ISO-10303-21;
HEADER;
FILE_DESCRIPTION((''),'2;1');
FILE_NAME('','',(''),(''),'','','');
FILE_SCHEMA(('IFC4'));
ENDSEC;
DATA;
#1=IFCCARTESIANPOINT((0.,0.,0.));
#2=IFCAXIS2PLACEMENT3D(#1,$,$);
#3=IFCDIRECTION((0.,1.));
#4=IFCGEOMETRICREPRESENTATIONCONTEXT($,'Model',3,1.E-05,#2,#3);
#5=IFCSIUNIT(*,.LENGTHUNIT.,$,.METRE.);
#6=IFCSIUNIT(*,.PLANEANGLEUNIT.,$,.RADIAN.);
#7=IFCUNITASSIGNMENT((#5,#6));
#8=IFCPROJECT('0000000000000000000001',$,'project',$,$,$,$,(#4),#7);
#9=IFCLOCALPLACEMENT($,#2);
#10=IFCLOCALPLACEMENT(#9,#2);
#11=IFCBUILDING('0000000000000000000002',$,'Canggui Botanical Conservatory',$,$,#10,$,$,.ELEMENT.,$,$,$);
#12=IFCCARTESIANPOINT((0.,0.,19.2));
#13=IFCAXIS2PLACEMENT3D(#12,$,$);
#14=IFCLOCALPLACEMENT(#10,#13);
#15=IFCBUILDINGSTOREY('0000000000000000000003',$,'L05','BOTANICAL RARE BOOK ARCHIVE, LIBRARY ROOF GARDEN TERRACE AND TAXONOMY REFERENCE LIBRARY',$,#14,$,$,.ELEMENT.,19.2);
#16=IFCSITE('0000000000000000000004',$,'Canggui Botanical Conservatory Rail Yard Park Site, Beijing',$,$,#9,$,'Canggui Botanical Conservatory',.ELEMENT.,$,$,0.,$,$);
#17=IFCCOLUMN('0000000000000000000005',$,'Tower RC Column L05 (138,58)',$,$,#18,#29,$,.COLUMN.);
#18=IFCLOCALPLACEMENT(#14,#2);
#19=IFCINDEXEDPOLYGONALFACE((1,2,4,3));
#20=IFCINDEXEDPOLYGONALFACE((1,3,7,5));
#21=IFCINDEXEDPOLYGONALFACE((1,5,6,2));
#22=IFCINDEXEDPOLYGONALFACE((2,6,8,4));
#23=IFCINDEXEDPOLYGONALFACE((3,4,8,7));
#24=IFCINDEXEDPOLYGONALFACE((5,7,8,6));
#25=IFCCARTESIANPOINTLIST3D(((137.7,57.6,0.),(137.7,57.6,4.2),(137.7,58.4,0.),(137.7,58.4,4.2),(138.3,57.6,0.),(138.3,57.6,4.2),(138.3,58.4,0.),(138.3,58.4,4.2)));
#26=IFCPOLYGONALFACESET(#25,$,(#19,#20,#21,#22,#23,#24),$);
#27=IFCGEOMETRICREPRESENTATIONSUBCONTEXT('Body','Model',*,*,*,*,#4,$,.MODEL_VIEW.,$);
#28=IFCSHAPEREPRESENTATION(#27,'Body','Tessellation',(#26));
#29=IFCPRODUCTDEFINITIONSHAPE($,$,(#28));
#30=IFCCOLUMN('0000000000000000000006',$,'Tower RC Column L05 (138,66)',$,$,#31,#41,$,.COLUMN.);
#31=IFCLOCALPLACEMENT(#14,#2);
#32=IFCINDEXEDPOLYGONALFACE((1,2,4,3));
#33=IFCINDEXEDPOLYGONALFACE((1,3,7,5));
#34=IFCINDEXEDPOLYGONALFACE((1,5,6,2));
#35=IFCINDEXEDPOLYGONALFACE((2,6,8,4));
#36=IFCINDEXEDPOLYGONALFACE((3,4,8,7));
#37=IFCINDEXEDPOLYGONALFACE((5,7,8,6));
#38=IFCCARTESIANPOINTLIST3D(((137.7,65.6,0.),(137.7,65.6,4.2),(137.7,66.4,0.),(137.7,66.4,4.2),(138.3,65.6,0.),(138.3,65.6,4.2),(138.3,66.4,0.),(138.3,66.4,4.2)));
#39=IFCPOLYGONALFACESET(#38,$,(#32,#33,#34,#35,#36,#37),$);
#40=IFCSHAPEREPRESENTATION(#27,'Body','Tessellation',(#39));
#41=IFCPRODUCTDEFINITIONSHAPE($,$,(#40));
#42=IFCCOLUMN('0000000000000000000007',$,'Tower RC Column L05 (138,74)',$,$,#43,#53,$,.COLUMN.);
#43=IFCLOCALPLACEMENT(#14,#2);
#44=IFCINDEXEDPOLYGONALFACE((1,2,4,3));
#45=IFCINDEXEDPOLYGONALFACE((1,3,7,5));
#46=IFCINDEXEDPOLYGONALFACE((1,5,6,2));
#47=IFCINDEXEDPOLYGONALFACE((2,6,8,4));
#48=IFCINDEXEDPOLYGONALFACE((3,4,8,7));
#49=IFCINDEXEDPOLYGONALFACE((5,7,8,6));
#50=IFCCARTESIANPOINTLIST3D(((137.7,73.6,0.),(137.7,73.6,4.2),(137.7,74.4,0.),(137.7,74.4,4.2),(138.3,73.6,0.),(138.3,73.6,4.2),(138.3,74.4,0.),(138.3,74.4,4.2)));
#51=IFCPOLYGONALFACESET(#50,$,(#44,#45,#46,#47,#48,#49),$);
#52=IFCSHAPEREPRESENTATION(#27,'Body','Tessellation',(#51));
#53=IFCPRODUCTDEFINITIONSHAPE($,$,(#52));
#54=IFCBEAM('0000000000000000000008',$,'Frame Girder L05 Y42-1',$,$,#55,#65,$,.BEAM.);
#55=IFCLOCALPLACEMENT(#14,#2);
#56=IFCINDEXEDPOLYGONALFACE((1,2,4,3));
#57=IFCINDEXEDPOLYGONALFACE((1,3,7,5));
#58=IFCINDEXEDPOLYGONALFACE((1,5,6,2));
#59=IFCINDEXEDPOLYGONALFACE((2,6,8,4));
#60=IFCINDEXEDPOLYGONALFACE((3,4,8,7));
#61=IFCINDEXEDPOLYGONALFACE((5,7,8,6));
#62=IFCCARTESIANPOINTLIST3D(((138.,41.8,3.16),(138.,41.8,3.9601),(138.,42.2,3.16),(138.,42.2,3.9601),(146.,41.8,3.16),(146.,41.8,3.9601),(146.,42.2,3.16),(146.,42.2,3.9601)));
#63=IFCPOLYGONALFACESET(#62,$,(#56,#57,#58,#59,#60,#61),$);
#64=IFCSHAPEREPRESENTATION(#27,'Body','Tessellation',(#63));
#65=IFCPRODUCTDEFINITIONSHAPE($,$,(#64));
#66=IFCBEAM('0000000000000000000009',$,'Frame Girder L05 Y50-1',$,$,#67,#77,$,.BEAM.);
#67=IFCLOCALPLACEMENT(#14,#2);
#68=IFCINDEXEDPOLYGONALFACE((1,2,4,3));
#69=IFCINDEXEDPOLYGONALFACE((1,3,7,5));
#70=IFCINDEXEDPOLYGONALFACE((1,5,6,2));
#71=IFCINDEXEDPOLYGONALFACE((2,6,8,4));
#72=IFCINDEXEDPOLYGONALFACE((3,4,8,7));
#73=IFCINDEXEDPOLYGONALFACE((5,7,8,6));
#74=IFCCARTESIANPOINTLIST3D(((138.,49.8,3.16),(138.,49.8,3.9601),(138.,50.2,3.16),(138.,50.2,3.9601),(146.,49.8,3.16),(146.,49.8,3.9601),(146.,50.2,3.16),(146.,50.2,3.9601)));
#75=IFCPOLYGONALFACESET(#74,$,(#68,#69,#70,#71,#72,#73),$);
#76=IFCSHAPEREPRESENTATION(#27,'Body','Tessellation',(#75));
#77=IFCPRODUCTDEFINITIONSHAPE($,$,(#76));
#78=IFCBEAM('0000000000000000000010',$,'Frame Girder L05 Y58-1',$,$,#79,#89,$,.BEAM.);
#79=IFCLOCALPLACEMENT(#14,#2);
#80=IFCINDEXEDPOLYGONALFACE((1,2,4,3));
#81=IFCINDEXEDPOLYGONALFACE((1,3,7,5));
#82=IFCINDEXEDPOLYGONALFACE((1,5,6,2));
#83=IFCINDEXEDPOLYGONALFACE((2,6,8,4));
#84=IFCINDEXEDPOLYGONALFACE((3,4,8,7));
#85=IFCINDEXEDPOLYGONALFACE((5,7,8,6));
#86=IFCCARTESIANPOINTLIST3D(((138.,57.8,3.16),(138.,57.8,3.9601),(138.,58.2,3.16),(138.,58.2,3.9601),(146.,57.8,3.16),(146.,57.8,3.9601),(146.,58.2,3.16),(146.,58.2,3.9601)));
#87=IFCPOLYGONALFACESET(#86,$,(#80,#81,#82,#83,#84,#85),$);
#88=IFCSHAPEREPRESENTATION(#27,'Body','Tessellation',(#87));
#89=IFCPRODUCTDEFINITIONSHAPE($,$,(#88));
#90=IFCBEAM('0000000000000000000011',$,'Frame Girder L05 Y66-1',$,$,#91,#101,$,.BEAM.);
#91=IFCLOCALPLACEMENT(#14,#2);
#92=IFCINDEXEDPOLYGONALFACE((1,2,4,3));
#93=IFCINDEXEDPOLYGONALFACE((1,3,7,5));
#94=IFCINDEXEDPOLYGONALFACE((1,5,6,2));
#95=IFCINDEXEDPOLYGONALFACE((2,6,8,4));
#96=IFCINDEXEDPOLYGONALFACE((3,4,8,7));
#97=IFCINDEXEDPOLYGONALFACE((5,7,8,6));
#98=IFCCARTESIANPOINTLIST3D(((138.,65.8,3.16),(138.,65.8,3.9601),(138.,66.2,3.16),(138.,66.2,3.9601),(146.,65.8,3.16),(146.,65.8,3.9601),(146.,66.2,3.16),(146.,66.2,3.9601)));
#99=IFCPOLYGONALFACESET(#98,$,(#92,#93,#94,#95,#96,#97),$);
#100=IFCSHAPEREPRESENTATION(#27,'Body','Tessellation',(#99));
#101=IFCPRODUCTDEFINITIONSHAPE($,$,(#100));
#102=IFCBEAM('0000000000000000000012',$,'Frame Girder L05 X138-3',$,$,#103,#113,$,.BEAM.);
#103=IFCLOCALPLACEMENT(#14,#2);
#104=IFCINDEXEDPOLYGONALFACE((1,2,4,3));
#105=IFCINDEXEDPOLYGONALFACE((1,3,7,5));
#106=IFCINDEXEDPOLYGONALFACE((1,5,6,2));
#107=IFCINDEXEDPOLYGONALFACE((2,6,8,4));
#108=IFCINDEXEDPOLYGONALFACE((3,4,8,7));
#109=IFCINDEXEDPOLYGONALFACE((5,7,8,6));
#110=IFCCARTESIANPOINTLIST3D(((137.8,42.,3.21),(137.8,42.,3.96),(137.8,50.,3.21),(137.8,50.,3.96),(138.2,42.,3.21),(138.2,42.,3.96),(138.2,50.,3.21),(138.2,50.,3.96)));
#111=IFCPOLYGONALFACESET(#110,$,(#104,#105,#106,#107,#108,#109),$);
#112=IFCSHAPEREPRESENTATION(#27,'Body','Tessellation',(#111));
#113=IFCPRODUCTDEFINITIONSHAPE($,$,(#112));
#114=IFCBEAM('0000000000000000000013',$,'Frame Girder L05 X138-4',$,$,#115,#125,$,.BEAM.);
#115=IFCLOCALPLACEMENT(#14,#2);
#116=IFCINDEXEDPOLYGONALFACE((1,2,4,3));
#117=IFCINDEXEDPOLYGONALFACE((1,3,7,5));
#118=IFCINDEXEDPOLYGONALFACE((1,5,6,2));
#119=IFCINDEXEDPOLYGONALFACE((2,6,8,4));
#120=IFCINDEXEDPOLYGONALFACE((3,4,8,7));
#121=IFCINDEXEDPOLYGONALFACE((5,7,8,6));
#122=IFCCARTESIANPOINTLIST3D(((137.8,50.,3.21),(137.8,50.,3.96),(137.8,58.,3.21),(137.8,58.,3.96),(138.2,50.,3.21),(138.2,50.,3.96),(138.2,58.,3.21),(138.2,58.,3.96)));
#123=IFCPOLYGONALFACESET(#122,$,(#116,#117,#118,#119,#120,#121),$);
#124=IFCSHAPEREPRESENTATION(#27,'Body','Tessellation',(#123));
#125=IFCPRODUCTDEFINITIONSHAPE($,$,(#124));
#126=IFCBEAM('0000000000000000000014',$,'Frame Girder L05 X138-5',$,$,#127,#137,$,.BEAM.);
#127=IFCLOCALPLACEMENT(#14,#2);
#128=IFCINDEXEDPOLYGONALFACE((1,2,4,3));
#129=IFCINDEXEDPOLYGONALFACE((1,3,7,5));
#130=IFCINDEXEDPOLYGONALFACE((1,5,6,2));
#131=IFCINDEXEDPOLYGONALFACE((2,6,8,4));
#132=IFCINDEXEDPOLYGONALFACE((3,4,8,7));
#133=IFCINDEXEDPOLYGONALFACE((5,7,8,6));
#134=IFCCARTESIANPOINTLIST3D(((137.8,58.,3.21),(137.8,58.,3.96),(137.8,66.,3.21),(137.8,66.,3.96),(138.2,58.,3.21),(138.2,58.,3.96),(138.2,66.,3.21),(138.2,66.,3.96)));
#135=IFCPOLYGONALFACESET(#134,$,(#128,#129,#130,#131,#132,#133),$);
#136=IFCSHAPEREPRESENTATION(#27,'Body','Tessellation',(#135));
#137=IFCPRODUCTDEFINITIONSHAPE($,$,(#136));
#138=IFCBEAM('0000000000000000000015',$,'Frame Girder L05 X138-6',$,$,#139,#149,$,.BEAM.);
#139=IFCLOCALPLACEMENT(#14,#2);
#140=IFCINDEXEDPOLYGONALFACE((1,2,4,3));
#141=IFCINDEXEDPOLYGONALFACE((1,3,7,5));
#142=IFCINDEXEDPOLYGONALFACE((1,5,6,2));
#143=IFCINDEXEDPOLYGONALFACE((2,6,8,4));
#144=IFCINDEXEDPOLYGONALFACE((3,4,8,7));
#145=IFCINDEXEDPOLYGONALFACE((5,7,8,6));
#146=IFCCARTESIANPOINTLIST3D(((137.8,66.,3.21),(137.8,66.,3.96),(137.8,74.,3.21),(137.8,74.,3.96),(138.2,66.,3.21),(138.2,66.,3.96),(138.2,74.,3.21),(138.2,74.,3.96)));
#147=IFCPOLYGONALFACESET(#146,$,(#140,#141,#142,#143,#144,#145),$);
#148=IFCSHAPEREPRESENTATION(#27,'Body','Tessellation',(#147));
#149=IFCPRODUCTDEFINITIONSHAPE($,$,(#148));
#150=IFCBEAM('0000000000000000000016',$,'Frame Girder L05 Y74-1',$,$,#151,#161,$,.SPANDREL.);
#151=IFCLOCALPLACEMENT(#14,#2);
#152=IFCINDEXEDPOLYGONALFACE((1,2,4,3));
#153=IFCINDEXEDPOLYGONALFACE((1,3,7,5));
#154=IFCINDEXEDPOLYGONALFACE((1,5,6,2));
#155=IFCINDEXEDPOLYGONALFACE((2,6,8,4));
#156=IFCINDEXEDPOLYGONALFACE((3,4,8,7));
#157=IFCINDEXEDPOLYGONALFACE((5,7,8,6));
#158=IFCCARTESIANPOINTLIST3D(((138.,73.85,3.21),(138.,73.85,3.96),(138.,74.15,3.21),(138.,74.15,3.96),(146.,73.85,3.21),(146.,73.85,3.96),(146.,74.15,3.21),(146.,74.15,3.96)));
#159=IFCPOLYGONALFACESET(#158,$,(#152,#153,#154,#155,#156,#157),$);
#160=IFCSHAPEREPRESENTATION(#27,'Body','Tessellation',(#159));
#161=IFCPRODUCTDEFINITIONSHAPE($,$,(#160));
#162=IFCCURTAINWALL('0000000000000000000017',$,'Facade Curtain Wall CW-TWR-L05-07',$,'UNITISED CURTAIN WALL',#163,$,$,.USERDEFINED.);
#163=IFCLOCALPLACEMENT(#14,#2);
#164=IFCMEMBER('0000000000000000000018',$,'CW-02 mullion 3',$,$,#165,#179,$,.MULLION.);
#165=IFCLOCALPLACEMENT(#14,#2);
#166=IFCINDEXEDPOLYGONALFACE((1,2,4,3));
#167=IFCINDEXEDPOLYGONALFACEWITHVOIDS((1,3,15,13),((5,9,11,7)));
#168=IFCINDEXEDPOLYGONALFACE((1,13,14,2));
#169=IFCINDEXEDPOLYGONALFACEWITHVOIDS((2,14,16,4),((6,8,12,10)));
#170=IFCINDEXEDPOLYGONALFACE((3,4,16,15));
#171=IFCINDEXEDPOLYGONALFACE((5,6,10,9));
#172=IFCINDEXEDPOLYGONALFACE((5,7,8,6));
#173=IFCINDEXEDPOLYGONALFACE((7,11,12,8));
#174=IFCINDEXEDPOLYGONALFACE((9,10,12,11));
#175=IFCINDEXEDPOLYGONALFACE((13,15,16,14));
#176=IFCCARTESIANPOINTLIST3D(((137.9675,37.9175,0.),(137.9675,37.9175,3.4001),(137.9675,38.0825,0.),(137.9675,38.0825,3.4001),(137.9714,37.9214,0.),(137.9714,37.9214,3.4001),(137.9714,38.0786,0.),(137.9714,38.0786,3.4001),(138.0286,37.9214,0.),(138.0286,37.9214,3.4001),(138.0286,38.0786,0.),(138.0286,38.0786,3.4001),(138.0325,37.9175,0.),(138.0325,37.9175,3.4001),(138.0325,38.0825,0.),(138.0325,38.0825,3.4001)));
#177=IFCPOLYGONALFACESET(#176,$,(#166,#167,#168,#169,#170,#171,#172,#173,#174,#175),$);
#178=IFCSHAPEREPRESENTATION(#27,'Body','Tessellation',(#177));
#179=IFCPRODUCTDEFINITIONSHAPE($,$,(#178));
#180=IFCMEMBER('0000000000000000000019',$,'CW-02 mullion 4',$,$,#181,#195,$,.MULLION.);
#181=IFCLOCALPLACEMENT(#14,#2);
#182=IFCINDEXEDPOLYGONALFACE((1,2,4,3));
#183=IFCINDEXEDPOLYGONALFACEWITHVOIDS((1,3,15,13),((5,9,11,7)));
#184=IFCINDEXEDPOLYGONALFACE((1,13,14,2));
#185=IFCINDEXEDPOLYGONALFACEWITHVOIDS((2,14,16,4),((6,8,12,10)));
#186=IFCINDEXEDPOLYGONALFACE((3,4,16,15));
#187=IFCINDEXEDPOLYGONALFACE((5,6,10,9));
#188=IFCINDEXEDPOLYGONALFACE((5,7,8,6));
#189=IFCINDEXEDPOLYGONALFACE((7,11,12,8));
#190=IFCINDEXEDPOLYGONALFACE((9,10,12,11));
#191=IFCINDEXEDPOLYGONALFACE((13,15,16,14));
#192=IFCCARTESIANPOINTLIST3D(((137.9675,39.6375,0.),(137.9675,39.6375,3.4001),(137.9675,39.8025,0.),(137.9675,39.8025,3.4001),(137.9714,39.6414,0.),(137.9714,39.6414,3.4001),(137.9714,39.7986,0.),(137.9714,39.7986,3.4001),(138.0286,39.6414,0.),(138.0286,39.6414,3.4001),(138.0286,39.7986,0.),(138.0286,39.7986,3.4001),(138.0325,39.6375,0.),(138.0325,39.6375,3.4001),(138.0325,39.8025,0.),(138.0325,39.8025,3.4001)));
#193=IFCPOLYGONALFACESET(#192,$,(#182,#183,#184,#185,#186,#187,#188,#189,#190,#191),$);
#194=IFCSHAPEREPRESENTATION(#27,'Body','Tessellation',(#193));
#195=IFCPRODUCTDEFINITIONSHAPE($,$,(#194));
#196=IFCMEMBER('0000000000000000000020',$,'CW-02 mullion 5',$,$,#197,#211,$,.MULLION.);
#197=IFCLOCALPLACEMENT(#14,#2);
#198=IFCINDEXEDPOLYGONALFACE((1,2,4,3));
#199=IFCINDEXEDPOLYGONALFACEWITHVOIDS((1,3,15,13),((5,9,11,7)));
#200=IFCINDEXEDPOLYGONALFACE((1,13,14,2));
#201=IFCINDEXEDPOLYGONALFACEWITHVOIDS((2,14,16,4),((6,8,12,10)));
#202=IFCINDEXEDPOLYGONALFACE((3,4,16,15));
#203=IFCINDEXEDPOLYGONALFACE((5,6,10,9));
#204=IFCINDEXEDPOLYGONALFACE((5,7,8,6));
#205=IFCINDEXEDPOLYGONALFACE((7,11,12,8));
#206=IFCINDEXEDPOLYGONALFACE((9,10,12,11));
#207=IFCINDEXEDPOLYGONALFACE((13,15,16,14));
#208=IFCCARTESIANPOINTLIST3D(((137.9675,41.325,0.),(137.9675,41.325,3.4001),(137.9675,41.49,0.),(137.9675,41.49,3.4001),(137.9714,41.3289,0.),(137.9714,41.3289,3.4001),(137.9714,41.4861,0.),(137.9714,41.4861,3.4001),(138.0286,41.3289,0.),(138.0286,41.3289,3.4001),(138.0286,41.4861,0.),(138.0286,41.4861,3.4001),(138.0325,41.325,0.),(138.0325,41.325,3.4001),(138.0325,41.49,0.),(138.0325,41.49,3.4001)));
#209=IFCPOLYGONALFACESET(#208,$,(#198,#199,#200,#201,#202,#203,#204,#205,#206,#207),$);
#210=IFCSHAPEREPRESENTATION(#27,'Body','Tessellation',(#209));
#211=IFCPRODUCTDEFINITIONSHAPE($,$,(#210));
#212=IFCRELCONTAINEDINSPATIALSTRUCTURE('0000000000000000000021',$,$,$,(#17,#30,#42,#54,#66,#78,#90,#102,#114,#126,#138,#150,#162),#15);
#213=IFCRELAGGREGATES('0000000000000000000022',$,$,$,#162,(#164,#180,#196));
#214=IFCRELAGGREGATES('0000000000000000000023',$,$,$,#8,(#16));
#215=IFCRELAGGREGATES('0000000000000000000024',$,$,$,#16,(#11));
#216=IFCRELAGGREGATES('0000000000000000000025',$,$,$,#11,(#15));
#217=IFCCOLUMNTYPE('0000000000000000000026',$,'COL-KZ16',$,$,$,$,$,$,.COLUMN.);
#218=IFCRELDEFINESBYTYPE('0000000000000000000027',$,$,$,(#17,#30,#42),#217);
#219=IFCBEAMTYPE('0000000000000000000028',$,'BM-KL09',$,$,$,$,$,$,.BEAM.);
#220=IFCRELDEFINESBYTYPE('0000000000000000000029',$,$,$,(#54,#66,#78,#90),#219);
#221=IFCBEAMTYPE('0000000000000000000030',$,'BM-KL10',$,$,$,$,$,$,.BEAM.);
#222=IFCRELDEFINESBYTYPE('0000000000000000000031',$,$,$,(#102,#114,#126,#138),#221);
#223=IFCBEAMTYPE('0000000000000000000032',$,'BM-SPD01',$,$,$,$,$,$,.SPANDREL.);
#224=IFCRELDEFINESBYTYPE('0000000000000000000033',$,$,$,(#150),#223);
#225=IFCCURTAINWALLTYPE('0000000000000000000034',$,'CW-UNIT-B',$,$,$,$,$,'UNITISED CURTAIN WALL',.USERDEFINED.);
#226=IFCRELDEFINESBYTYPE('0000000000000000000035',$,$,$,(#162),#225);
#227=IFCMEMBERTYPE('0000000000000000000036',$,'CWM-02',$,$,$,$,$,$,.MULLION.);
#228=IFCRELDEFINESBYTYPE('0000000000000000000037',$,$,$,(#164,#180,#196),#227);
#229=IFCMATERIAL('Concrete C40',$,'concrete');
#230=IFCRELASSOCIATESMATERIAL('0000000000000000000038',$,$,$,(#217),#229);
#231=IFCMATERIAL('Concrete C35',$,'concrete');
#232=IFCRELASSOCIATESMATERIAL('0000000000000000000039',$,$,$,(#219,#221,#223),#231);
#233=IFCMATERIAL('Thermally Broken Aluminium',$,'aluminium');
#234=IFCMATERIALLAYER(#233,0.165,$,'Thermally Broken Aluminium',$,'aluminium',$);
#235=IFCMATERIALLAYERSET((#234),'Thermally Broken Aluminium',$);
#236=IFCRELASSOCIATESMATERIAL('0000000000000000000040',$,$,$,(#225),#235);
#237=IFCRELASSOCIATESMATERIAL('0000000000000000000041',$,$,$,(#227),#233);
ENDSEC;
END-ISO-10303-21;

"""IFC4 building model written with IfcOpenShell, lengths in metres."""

from ifc_helpers import new_model, si_unit, direction, frame, origin, origin_2d, place, context, subcontext, project, spatial, rectangle, hollow_rectangle, extrude, material, layer, layer_set, material_profile, profile_set, type_object, element, aggregate, save


model = new_model("IFC4")

# Units and contexts
model_context = context("Model", 3, precision=1e-05, world=origin(), true_north=direction((0.0, 1.0)))
body_context = subcontext(model_context, "Body", "Model", "MODEL_VIEW")
ifc_project = project(units=[si_unit("LENGTHUNIT", "METRE"), si_unit("PLANEANGLEUNIT", "RADIAN")], contexts=[model_context])

# Site, building, storey
site_placement = place(None, origin())
site = spatial("IfcSite", under=ifc_project, at=site_placement, Name="Canggui Botanical Conservatory Rail Yard Park Site, Beijing", LongName="Canggui Botanical Conservatory", CompositionType="ELEMENT", RefElevation=0.0)
building_placement = place(site_placement, origin())
building = spatial("IfcBuilding", under=site, at=building_placement, Name="Canggui Botanical Conservatory", CompositionType="ELEMENT")
storey_placement = place(building_placement, frame((0.0, 0.0, 19.2)))
storey = spatial("IfcBuildingStorey", under=building, at=storey_placement, Name="L05", Description="BOTANICAL RARE BOOK ARCHIVE, LIBRARY ROOF GARDEN TERRACE AND TAXONOMY REFERENCE LIBRARY", CompositionType="ELEMENT", Elevation=19.2)

# Columns
ifc_material_1 = material(Name="Concrete C40", Category="concrete")
ifc_material_profile_1 = material_profile(ifc_material_1, rectangle(XDim=0.6001, YDim=0.8, at=origin_2d()), Name="RC 600x800")
ifc_profile_set_1 = profile_set([ifc_material_profile_1], Name="Concrete C40")
column_type = type_object("IfcColumnType", Name="COL-KZ16", PredefinedType="COLUMN", material=ifc_profile_set_1)
for number, where, z_axis, x_axis, name in (
    (1, (138.0, 58.0, 0.0), (0.0, 0.0, 1.0), (1.0, 0.0, 0.0), "Tower RC Column L05 (138,58)"),
    (2, (138.0, 66.0, 0.0), (0.0, 0.0, 1.0), (1.0, 0.0, 0.0), "Tower RC Column L05 (138,66)"),
    (3, (138.0, 74.0, 0.0), (0.0, 0.0, 1.0), (1.0, 0.0, 0.0), "Tower RC Column L05 (138,74)"),
):
    element("IfcColumn", number, at=place(storey_placement, frame(where, z_axis=z_axis, x_axis=x_axis)), inside=storey, type_object=column_type, Name=name, PredefinedType="COLUMN", context=body_context, shape_type="SweptSolid", body=[
        extrude(rectangle(XDim=0.6001, YDim=0.8, at=origin_2d()), origin(), (0.0, 0.0, 1.0), 4.2),
    ])

# Beams
ifc_material_2 = material(Name="Concrete C35", Category="concrete")
ifc_material_profile_2 = material_profile(ifc_material_2, rectangle(XDim=0.3999, YDim=0.8, at=origin_2d()), Name="RB 400x800")
ifc_profile_set_2 = profile_set([ifc_material_profile_2], Name="Concrete C35")
beam_type_1 = type_object("IfcBeamType", Name="BM-KL09", PredefinedType="BEAM", material=ifc_profile_set_2)
for number, where, z_axis, x_axis, name in (
    (4, (138.0, 42.0, 3.5601), (1.0, 0.0, 0.0), (0.0, 1.0, 0.0), "Frame Girder L05 Y42-1"),
    (5, (138.0, 50.0, 3.5601), (1.0, 0.0, 0.0), (0.0, 1.0, 0.0), "Frame Girder L05 Y50-1"),
    (6, (138.0, 58.0, 3.5601), (1.0, 0.0, 0.0), (0.0, 1.0, 0.0), "Frame Girder L05 Y58-1"),
    (7, (138.0, 66.0, 3.5601), (1.0, 0.0, 0.0), (0.0, 1.0, 0.0), "Frame Girder L05 Y66-1"),
):
    element("IfcBeam", number, at=place(storey_placement, frame(where, z_axis=z_axis, x_axis=x_axis)), inside=storey, type_object=beam_type_1, Name=name, PredefinedType="BEAM", context=body_context, shape_type="SweptSolid", body=[
        extrude(rectangle(XDim=0.3999, YDim=0.8, at=origin_2d()), origin(), (0.0, 0.0, 1.0), 8.0),
    ])
ifc_material_profile_3 = material_profile(ifc_material_2, rectangle(XDim=0.3999, YDim=0.75, at=origin_2d()), Name="RB 400x750")
ifc_profile_set_3 = profile_set([ifc_material_profile_3], Name="Concrete C35")
beam_type_2 = type_object("IfcBeamType", Name="BM-KL10", PredefinedType="BEAM", material=ifc_profile_set_3)
for number, where, z_axis, x_axis, name in (
    (8, (138.0, 42.0, 3.585), (0.0, 1.0, 0.0), (-1.0, 0.0, 0.0), "Frame Girder L05 X138-3"),
    (9, (138.0, 50.0, 3.585), (0.0, 1.0, 0.0), (-1.0, 0.0, 0.0), "Frame Girder L05 X138-4"),
    (10, (138.0, 58.0, 3.585), (0.0, 1.0, 0.0), (-1.0, 0.0, 0.0), "Frame Girder L05 X138-5"),
    (11, (138.0, 66.0, 3.585), (0.0, 1.0, 0.0), (-1.0, 0.0, 0.0), "Frame Girder L05 X138-6"),
):
    element("IfcBeam", number, at=place(storey_placement, frame(where, z_axis=z_axis, x_axis=x_axis)), inside=storey, type_object=beam_type_2, Name=name, PredefinedType="BEAM", context=body_context, shape_type="SweptSolid", body=[
        extrude(rectangle(XDim=0.3999, YDim=0.75, at=origin_2d()), origin(), (0.0, 0.0, 1.0), 8.0),
    ])
ifc_material_profile_4 = material_profile(ifc_material_2, rectangle(XDim=0.3, YDim=0.75, at=origin_2d()), Name="RB 300x750")
ifc_profile_set_4 = profile_set([ifc_material_profile_4], Name="Concrete C35")
beam_type_3 = type_object("IfcBeamType", Name="BM-SPD01", PredefinedType="SPANDREL", material=ifc_profile_set_4)
beam_placement = place(storey_placement, frame((138.0, 74.0, 3.585), z_axis=(1.0, 0.0, 0.0), x_axis=(0.0, 1.0, 0.0)))
element("IfcBeam", 12, at=beam_placement, inside=storey, type_object=beam_type_3, Name="Frame Girder L05 Y74-1", PredefinedType="SPANDREL", context=body_context, shape_type="SweptSolid", body=[
    extrude(rectangle(XDim=0.3, YDim=0.75, at=origin_2d()), origin(), (0.0, 0.0, 1.0), 8.0),
])

# Curtain wall, members
ifc_material_3 = material(Name="Thermally Broken Aluminium", Category="aluminium")
ifc_layer_1 = layer(ifc_material_3, 0.165, Name="Thermally Broken Aluminium", Category="aluminium")
ifc_layer_set_1 = layer_set([ifc_layer_1], Name="Thermally Broken Aluminium")
curtain_wall_type = type_object("IfcCurtainWallType", Name="CW-UNIT-B", ElementType="UNITISED CURTAIN WALL", PredefinedType="USERDEFINED", material=ifc_layer_set_1)
curtain_wall_placement = place(storey_placement, origin())
curtain_wall = element("IfcCurtainWall", 13, at=curtain_wall_placement, inside=storey, type_object=curtain_wall_type, Name="Facade Curtain Wall CW-TWR-L05-07", ObjectType="UNITISED CURTAIN WALL", PredefinedType="USERDEFINED")
ifc_material_profile_5 = material_profile(ifc_material_3, hollow_rectangle(XDim=0.0649, YDim=0.165, WallThickness=0.0039, at=origin_2d()), Name="CWM 65x165x4")
ifc_profile_set_5 = profile_set([ifc_material_profile_5], Name="Thermally Broken Aluminium")
member_type_1 = type_object("IfcMemberType", Name="CWM-02", PredefinedType="MULLION", material=ifc_profile_set_5)
member_1_placement = place(storey_placement, frame((138.0, 38.0, 0.0), z_axis=(0.0, 0.0, 1.0), x_axis=(-1.0, 0.0, 0.0)))
member_1 = element("IfcMember", 14, at=member_1_placement, type_object=member_type_1, Name="CW-02 mullion 3", PredefinedType="MULLION", context=body_context, shape_type="SweptSolid", body=[
    extrude(hollow_rectangle(XDim=0.0649, YDim=0.165, WallThickness=0.0039, at=origin_2d()), origin(), (0.0, 0.0, 1.0), 3.4001),
])
member_2_placement = place(storey_placement, frame((138.0, 39.72, 0.0), z_axis=(0.0, 0.0, 1.0), x_axis=(-1.0, 0.0, 0.0)))
member_2 = element("IfcMember", 15, at=member_2_placement, type_object=member_type_1, Name="CW-02 mullion 4", PredefinedType="MULLION", context=body_context, shape_type="SweptSolid", body=[
    extrude(hollow_rectangle(XDim=0.0649, YDim=0.165, WallThickness=0.0039, at=origin_2d()), origin(), (0.0, 0.0, 1.0), 3.4001),
])
member_3_placement = place(storey_placement, frame((138.0, 41.4075, 0.0), z_axis=(0.0, 0.0, 1.0), x_axis=(-1.0, 0.0, 0.0)))
member_3 = element("IfcMember", 16, at=member_3_placement, type_object=member_type_1, Name="CW-02 mullion 5", PredefinedType="MULLION", context=body_context, shape_type="SweptSolid", body=[
    extrude(hollow_rectangle(XDim=0.0649, YDim=0.165, WallThickness=0.0039, at=origin_2d()), origin(), (0.0, 0.0, 1.0), 3.4001),
])
aggregate(curtain_wall, [member_1, member_2, member_3])

save(model, "model.ifc")
